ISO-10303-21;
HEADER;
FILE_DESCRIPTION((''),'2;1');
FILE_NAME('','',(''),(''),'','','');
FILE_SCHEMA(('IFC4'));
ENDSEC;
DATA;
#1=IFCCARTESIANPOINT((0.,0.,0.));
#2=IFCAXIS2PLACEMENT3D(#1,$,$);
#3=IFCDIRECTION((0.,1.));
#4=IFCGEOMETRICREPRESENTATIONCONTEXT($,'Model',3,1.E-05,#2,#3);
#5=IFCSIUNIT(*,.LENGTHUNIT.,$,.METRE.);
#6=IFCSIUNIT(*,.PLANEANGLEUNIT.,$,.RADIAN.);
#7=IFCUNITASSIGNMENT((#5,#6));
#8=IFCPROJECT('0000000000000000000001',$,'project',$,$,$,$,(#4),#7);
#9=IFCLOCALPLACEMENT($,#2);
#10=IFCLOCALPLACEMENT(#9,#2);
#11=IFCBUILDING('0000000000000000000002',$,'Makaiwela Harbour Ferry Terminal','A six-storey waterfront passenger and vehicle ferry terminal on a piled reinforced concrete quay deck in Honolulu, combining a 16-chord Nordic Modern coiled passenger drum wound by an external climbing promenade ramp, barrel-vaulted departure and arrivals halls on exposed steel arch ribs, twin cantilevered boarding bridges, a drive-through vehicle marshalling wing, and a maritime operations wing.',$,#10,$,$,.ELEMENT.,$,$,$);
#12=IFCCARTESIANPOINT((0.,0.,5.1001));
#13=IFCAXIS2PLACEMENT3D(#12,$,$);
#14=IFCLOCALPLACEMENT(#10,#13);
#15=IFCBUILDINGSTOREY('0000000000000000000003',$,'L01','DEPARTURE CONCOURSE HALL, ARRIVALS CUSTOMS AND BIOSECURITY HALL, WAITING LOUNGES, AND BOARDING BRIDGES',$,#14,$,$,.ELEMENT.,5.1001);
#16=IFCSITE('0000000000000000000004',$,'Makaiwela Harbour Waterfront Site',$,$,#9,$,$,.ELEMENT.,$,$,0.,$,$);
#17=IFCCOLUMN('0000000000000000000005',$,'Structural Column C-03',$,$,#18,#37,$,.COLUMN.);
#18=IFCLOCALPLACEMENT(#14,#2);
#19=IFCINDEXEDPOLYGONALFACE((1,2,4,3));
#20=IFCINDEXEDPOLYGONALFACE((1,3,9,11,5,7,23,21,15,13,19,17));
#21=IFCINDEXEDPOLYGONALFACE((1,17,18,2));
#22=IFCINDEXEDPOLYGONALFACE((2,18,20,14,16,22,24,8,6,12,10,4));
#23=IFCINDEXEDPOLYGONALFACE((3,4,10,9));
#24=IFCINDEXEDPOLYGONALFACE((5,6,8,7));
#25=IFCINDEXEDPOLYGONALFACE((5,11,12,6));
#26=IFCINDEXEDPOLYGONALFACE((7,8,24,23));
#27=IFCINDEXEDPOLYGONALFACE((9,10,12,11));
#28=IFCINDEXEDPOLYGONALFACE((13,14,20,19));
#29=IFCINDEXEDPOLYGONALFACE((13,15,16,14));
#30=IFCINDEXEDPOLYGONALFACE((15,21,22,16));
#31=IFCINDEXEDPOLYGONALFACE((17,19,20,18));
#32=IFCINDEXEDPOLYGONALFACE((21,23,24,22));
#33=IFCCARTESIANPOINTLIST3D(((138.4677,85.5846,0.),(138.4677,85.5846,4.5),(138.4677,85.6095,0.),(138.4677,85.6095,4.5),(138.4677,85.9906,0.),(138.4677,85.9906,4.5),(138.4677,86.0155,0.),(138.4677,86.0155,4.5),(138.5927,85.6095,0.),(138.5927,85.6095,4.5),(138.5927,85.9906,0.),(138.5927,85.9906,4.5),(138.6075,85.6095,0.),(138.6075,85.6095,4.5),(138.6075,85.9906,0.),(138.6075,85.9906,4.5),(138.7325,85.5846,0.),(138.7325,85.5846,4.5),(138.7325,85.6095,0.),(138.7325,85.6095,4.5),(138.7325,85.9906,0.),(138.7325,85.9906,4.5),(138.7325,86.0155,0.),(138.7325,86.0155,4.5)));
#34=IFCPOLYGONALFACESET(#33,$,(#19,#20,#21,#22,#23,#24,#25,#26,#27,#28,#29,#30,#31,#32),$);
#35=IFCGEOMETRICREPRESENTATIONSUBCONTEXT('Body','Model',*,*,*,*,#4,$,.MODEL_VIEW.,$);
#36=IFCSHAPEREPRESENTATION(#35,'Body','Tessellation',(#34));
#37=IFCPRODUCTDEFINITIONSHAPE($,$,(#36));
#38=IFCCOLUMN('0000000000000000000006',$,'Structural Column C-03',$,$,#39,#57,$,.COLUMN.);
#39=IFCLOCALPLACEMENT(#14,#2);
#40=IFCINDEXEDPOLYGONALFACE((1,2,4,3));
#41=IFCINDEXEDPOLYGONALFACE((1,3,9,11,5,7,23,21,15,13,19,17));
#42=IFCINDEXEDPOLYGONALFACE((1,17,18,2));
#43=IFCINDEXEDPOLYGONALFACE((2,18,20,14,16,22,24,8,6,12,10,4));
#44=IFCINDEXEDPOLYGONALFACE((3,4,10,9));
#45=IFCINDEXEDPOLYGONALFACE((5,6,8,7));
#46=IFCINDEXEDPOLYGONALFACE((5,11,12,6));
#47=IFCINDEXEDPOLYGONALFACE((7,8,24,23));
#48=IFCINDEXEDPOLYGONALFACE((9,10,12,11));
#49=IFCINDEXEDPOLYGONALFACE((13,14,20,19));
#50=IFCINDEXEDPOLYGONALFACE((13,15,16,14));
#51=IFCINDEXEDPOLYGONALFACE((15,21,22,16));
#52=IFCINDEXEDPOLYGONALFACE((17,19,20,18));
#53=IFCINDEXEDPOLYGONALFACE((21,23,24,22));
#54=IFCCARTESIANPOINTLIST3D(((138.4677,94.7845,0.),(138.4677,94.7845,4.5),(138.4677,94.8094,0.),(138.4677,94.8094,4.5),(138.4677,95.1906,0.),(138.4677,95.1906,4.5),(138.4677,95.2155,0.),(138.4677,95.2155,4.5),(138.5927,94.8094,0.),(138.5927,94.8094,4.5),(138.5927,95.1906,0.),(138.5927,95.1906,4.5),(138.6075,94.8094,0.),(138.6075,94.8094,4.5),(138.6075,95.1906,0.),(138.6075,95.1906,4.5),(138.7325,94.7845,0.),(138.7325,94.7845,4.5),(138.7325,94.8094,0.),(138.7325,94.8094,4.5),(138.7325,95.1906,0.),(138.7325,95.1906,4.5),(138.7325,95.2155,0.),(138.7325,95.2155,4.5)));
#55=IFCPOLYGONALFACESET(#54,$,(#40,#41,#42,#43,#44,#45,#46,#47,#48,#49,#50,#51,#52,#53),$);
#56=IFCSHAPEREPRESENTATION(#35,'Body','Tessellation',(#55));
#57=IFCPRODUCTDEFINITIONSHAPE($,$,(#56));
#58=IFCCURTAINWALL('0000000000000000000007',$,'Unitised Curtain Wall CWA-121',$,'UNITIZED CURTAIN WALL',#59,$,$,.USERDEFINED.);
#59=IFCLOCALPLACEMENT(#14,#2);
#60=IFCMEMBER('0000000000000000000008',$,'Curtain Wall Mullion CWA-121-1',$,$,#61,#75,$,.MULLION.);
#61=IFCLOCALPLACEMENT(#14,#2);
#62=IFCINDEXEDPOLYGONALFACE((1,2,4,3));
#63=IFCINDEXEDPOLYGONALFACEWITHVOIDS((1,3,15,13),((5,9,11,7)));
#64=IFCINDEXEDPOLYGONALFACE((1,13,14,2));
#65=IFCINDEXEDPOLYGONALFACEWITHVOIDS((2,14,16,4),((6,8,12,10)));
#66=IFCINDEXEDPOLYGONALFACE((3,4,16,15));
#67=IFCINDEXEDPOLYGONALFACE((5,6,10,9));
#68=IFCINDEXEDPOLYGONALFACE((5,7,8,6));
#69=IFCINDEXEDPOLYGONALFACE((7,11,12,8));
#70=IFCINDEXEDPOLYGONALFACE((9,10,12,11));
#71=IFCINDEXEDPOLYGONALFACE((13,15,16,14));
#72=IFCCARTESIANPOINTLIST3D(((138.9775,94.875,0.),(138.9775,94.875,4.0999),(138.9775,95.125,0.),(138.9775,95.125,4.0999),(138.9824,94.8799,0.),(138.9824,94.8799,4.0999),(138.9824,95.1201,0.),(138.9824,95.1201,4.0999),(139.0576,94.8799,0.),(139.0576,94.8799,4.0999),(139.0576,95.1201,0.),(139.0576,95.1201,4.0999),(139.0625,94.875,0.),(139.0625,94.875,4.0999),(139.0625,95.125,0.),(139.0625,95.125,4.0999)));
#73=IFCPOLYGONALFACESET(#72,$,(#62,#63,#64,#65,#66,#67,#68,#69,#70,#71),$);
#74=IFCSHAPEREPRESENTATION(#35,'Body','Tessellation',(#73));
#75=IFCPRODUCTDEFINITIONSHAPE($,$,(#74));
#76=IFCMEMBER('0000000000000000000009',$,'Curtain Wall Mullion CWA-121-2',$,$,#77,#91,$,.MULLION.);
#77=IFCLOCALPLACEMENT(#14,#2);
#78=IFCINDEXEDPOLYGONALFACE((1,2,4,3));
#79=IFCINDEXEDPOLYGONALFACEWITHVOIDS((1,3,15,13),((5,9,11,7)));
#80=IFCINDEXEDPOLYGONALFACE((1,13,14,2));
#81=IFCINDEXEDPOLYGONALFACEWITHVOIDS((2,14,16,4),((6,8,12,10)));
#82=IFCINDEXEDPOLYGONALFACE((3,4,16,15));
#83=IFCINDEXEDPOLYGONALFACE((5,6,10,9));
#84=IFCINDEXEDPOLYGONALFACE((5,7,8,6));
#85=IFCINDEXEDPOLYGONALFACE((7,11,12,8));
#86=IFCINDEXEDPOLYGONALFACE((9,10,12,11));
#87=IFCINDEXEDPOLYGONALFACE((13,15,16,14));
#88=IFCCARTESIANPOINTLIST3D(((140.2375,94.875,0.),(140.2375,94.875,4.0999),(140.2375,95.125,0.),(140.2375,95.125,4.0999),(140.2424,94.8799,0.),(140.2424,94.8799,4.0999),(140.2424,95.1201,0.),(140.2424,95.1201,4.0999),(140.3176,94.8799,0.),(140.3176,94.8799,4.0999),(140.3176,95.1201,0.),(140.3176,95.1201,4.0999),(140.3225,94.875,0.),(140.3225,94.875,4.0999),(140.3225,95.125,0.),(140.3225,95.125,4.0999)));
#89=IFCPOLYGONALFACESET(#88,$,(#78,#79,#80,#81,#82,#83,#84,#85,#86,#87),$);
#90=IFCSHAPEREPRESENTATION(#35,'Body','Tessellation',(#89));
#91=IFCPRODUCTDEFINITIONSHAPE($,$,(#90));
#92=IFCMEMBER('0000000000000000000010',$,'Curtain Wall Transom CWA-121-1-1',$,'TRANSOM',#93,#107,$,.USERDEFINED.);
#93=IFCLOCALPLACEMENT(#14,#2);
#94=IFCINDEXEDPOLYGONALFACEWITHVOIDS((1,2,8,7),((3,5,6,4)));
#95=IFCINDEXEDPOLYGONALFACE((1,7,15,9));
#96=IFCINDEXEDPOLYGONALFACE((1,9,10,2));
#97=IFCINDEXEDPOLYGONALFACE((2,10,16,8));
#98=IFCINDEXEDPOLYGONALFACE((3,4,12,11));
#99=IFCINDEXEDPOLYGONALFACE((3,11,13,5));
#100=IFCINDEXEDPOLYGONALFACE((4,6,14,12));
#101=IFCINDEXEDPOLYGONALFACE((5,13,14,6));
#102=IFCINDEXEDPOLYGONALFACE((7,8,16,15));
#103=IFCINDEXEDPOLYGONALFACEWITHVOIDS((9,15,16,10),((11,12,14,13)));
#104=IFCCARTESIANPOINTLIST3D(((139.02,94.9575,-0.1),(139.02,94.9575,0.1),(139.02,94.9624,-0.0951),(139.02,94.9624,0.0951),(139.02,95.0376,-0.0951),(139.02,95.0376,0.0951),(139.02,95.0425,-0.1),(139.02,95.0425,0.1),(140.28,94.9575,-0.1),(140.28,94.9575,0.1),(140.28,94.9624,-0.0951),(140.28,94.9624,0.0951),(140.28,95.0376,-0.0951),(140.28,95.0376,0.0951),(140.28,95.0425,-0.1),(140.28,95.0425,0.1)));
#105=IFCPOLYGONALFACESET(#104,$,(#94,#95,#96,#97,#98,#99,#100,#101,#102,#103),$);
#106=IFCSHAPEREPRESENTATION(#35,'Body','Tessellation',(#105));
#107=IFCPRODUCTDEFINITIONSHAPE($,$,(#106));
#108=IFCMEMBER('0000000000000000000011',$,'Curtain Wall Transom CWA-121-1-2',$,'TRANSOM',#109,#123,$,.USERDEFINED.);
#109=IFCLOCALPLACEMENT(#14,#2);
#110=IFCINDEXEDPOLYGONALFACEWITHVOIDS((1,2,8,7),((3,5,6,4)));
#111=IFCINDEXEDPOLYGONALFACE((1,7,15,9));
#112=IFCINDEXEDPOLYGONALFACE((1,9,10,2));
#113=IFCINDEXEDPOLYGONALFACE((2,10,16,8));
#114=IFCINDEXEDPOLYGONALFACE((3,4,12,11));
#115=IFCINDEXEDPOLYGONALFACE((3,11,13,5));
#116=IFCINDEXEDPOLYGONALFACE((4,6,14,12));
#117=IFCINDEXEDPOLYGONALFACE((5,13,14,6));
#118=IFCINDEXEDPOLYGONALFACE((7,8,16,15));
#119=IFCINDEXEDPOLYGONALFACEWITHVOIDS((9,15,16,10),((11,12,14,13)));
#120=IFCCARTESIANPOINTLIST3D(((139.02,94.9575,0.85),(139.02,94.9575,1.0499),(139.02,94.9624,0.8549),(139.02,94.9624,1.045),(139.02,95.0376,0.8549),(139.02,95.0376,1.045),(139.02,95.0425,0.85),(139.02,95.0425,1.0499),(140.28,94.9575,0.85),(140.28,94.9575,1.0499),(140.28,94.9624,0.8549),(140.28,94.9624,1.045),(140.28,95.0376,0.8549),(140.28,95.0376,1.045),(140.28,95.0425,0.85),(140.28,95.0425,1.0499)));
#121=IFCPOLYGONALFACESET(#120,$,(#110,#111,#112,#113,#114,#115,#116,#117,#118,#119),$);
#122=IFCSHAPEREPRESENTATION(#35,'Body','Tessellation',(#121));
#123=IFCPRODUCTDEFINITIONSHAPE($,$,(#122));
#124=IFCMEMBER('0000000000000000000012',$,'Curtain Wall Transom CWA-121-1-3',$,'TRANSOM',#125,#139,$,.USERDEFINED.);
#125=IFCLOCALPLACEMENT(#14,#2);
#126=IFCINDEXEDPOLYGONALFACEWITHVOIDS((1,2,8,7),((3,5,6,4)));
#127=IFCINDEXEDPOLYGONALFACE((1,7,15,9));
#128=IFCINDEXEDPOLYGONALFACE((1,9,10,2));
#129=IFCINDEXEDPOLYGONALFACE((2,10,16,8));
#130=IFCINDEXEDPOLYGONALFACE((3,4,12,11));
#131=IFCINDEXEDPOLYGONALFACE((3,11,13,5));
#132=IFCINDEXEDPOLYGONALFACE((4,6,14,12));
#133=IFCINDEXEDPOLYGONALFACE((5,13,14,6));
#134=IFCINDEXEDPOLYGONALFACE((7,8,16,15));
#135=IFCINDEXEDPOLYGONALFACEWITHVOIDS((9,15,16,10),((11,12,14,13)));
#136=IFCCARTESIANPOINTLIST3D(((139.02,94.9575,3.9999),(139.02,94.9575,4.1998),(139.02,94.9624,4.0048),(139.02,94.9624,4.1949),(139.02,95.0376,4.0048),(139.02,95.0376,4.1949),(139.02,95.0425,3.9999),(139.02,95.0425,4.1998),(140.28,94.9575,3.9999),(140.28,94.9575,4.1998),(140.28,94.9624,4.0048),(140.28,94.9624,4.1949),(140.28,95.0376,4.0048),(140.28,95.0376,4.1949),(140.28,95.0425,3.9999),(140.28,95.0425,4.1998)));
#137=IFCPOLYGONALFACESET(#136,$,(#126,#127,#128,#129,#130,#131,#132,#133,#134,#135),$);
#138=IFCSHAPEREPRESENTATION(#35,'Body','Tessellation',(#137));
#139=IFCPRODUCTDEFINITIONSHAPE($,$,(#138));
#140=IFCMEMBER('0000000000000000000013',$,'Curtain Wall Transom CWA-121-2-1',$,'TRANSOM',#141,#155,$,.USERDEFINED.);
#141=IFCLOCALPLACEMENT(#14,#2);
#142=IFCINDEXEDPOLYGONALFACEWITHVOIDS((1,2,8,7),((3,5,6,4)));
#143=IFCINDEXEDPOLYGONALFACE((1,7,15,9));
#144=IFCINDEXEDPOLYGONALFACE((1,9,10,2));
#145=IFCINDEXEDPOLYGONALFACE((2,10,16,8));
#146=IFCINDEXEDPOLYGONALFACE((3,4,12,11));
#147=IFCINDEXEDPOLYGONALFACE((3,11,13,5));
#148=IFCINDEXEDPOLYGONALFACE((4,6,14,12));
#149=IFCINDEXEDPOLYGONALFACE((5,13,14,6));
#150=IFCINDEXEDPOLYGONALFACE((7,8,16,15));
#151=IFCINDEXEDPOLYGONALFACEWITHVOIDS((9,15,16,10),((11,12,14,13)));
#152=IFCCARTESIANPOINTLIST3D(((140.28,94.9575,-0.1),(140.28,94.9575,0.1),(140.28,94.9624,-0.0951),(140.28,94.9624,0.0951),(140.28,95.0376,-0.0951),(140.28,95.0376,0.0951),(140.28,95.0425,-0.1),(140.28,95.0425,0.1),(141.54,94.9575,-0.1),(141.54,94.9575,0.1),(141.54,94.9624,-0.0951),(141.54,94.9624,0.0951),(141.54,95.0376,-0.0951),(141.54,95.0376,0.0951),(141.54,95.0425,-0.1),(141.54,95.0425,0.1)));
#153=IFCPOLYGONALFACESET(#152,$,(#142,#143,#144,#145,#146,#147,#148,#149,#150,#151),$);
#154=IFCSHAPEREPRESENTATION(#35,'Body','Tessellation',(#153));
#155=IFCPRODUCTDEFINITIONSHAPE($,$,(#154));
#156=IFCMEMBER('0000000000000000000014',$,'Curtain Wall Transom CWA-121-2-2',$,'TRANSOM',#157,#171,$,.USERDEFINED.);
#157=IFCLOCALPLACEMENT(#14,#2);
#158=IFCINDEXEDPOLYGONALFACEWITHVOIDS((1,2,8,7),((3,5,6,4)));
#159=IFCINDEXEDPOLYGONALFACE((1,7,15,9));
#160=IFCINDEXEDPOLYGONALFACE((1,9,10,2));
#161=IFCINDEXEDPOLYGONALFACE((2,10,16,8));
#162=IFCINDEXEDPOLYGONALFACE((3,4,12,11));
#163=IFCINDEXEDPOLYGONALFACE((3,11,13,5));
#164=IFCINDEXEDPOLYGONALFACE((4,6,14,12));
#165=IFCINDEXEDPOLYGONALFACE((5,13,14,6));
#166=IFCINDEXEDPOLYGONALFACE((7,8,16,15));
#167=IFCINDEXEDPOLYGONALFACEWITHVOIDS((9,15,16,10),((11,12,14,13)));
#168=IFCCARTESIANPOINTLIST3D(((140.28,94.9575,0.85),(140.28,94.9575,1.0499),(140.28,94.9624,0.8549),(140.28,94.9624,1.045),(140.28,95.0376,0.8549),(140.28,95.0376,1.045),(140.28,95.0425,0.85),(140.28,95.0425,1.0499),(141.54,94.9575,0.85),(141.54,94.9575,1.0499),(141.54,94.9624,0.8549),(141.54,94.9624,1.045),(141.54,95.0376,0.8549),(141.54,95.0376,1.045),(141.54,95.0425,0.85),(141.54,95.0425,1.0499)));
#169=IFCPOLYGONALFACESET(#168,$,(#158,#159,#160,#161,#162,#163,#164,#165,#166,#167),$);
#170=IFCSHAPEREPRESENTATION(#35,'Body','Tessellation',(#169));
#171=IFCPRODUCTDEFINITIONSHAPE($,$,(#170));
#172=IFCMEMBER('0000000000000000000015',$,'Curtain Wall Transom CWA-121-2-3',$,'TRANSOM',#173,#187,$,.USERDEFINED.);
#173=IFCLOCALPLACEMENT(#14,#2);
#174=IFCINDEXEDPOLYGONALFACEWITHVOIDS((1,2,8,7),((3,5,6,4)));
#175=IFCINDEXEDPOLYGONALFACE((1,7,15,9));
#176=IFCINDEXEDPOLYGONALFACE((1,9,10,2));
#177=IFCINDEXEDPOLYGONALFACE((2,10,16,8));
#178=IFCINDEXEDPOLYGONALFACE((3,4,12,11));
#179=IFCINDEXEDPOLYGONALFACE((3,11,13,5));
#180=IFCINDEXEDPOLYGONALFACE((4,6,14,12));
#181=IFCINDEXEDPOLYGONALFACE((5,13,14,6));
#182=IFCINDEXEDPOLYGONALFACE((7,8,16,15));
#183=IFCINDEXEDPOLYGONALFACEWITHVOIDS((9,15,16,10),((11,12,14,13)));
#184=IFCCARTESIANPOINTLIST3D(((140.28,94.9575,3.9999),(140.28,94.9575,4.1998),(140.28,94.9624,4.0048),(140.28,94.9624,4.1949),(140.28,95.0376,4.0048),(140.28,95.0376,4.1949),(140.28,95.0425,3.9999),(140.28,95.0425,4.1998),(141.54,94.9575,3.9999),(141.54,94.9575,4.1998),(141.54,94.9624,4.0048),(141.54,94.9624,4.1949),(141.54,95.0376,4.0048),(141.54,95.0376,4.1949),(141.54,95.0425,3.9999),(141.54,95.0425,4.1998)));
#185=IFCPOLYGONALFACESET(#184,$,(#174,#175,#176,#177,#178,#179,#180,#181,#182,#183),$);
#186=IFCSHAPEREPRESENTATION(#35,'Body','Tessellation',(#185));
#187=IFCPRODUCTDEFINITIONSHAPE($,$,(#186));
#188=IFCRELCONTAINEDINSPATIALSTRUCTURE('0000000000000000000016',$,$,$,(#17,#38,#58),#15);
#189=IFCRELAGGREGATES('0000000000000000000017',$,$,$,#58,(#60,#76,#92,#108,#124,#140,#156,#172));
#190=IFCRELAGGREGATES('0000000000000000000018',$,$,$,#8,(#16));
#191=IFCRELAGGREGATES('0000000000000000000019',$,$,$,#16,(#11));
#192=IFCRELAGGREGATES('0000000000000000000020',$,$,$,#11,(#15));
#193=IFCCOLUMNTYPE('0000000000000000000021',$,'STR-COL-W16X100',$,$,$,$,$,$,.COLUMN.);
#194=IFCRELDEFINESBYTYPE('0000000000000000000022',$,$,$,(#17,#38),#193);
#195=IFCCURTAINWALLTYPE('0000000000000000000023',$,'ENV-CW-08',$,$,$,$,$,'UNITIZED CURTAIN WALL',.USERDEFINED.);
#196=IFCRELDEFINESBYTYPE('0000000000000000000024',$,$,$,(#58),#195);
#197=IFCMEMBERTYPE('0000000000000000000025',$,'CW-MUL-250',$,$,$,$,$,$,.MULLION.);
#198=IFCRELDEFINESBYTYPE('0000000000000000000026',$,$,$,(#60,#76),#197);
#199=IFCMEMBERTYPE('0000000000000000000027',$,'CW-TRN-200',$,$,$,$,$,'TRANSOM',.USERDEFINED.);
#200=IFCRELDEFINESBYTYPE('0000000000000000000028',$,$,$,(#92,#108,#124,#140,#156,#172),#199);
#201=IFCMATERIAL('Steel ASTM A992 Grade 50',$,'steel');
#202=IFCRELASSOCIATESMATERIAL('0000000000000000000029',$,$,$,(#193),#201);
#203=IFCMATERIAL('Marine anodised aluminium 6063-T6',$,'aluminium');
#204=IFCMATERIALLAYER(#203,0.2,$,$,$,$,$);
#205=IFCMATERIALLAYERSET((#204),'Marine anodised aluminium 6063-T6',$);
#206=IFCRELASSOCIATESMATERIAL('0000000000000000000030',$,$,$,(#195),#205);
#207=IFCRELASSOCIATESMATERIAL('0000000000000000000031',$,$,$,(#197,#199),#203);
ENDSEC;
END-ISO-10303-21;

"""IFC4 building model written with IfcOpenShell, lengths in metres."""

from ifc_helpers import new_model, si_unit, direction, frame, origin, origin_2d, place, context, subcontext, project, spatial, hollow_rectangle, i_section, extrude, material, layer, layer_set, material_profile, profile_set, type_object, element, aggregate, save


model = new_model("IFC4")

# Units and contexts
model_context = context("Model", 3, precision=1e-05, world=origin(), true_north=direction((0.0, 1.0)))
body_context = subcontext(model_context, "Body", "Model", "MODEL_VIEW")
ifc_project = project(units=[si_unit("LENGTHUNIT", "METRE"), si_unit("PLANEANGLEUNIT", "RADIAN")], contexts=[model_context])

# Site, building, storey
site_placement = place(None, origin())
site = spatial("IfcSite", under=ifc_project, at=site_placement, Name="Makaiwela Harbour Waterfront Site", CompositionType="ELEMENT", RefElevation=0.0)
building_placement = place(site_placement, origin())
building = spatial("IfcBuilding", under=site, at=building_placement, Name="Makaiwela Harbour Ferry Terminal", Description="A six-storey waterfront passenger and vehicle ferry terminal on a piled reinforced concrete quay deck in Honolulu, combining a 16-chord Nordic Modern coiled passenger drum wound by an external climbing promenade ramp, barrel-vaulted departure and arrivals halls on exposed steel arch ribs, twin cantilevered boarding bridges, a drive-through vehicle marshalling wing, and a maritime operations wing.", CompositionType="ELEMENT")
storey_placement = place(building_placement, frame((0.0, 0.0, 5.1001)))
storey = spatial("IfcBuildingStorey", under=building, at=storey_placement, Name="L01", Description="DEPARTURE CONCOURSE HALL, ARRIVALS CUSTOMS AND BIOSECURITY HALL, WAITING LOUNGES, AND BOARDING BRIDGES", CompositionType="ELEMENT", Elevation=5.1001)

# Columns
ifc_material_1 = material(Name="Steel ASTM A992 Grade 50", Category="steel")
ifc_material_profile_1 = material_profile(ifc_material_1, i_section(OverallWidth=0.2649, OverallDepth=0.4309, WebThickness=0.0149, FlangeThickness=0.0249, at=origin_2d()), Name="W16X100")
ifc_profile_set_1 = profile_set([ifc_material_profile_1], Name="Steel ASTM A992 Grade 50")
column_type = type_object("IfcColumnType", Name="STR-COL-W16X100", PredefinedType="COLUMN", material=ifc_profile_set_1)
for number, where, z_axis, x_axis, name in (
    (1, (138.6001, 85.8, 0.0), (0.0, 0.0, 1.0), (1.0, 0.0, 0.0), "Structural Column C-03"),
    (2, (138.6001, 95.0, 0.0), (0.0, 0.0, 1.0), (1.0, 0.0, 0.0), "Structural Column C-03"),
):
    element("IfcColumn", number, at=place(storey_placement, frame(where, z_axis=z_axis, x_axis=x_axis)), inside=storey, type_object=column_type, Name=name, PredefinedType="COLUMN", context=body_context, shape_type="SweptSolid", body=[
        extrude(i_section(OverallWidth=0.2649, OverallDepth=0.4309, WebThickness=0.0149, FlangeThickness=0.0249, at=origin_2d()), origin(), (0.0, 0.0, 1.0), 4.5),
    ])

# Curtain wall, members
ifc_material_2 = material(Name="Marine anodised aluminium 6063-T6", Category="aluminium")
ifc_layer_1 = layer(ifc_material_2, 0.2)
ifc_layer_set_1 = layer_set([ifc_layer_1], Name="Marine anodised aluminium 6063-T6")
curtain_wall_type = type_object("IfcCurtainWallType", Name="ENV-CW-08", ElementType="UNITIZED CURTAIN WALL", PredefinedType="USERDEFINED", material=ifc_layer_set_1)
curtain_wall_placement = place(storey_placement, origin())
curtain_wall = element("IfcCurtainWall", 3, at=curtain_wall_placement, inside=storey, type_object=curtain_wall_type, Name="Unitised Curtain Wall CWA-121", ObjectType="UNITIZED CURTAIN WALL", PredefinedType="USERDEFINED")
ifc_material_profile_2 = material_profile(ifc_material_2, hollow_rectangle(XDim=0.085, YDim=0.25, WallThickness=0.0049, at=origin_2d()), Name="CWM-250X85")
ifc_profile_set_2 = profile_set([ifc_material_profile_2], Name="Marine anodised aluminium 6063-T6")
member_type_1 = type_object("IfcMemberType", Name="CW-MUL-250", PredefinedType="MULLION", material=ifc_profile_set_2)
member_1_placement = place(storey_placement, frame((139.02, 95.0, 0.0), z_axis=(0.0, 0.0, 1.0), x_axis=(1.0, 0.0, 0.0)))
member_1 = element("IfcMember", 4, at=member_1_placement, type_object=member_type_1, Name="Curtain Wall Mullion CWA-121-1", PredefinedType="MULLION", context=body_context, shape_type="SweptSolid", body=[
    extrude(hollow_rectangle(XDim=0.085, YDim=0.25, WallThickness=0.0049, at=origin_2d()), origin(), (0.0, 0.0, 1.0), 4.0999),
])
member_2_placement = place(storey_placement, frame((140.28, 95.0, 0.0), z_axis=(0.0, 0.0, 1.0), x_axis=(1.0, 0.0, 0.0)))
member_2 = element("IfcMember", 5, at=member_2_placement, type_object=member_type_1, Name="Curtain Wall Mullion CWA-121-2", PredefinedType="MULLION", context=body_context, shape_type="SweptSolid", body=[
    extrude(hollow_rectangle(XDim=0.085, YDim=0.25, WallThickness=0.0049, at=origin_2d()), origin(), (0.0, 0.0, 1.0), 4.0999),
])
ifc_material_profile_3 = material_profile(ifc_material_2, hollow_rectangle(XDim=0.085, YDim=0.2, WallThickness=0.0049, at=origin_2d()), Name="CWT-200X85")
ifc_profile_set_3 = profile_set([ifc_material_profile_3], Name="Marine anodised aluminium 6063-T6")
member_type_2 = type_object("IfcMemberType", Name="CW-TRN-200", ElementType="TRANSOM", PredefinedType="USERDEFINED", material=ifc_profile_set_3)
member_3_placement = place(storey_placement, frame((139.02, 95.0, 0.0), z_axis=(1.0, 0.0, 0.0), x_axis=(0.0, 1.0, 0.0)))
member_3 = element("IfcMember", 6, at=member_3_placement, type_object=member_type_2, Name="Curtain Wall Transom CWA-121-1-1", ObjectType="TRANSOM", PredefinedType="USERDEFINED", context=body_context, shape_type="SweptSolid", body=[
    extrude(hollow_rectangle(XDim=0.085, YDim=0.2, WallThickness=0.0049, at=origin_2d()), origin(), (0.0, 0.0, 1.0), 1.26),
])
member_4_placement = place(storey_placement, frame((139.02, 95.0, 0.95), z_axis=(1.0, 0.0, 0.0), x_axis=(0.0, 1.0, 0.0)))
member_4 = element("IfcMember", 7, at=member_4_placement, type_object=member_type_2, Name="Curtain Wall Transom CWA-121-1-2", ObjectType="TRANSOM", PredefinedType="USERDEFINED", context=body_context, shape_type="SweptSolid", body=[
    extrude(hollow_rectangle(XDim=0.085, YDim=0.2, WallThickness=0.0049, at=origin_2d()), origin(), (0.0, 0.0, 1.0), 1.26),
])
member_5_placement = place(storey_placement, frame((139.02, 95.0, 4.0999), z_axis=(1.0, 0.0, 0.0), x_axis=(0.0, 1.0, 0.0)))
member_5 = element("IfcMember", 8, at=member_5_placement, type_object=member_type_2, Name="Curtain Wall Transom CWA-121-1-3", ObjectType="TRANSOM", PredefinedType="USERDEFINED", context=body_context, shape_type="SweptSolid", body=[
    extrude(hollow_rectangle(XDim=0.085, YDim=0.2, WallThickness=0.0049, at=origin_2d()), origin(), (0.0, 0.0, 1.0), 1.26),
])
member_6_placement = place(storey_placement, frame((140.28, 95.0, 0.0), z_axis=(1.0, 0.0, 0.0), x_axis=(0.0, 1.0, 0.0)))
member_6 = element("IfcMember", 9, at=member_6_placement, type_object=member_type_2, Name="Curtain Wall Transom CWA-121-2-1", ObjectType="TRANSOM", PredefinedType="USERDEFINED", context=body_context, shape_type="SweptSolid", body=[
    extrude(hollow_rectangle(XDim=0.085, YDim=0.2, WallThickness=0.0049, at=origin_2d()), origin(), (0.0, 0.0, 1.0), 1.26),
])
member_7_placement = place(storey_placement, frame((140.28, 95.0, 0.95), z_axis=(1.0, 0.0, 0.0), x_axis=(0.0, 1.0, 0.0)))
member_7 = element("IfcMember", 10, at=member_7_placement, type_object=member_type_2, Name="Curtain Wall Transom CWA-121-2-2", ObjectType="TRANSOM", PredefinedType="USERDEFINED", context=body_context, shape_type="SweptSolid", body=[
    extrude(hollow_rectangle(XDim=0.085, YDim=0.2, WallThickness=0.0049, at=origin_2d()), origin(), (0.0, 0.0, 1.0), 1.26),
])
member_8_placement = place(storey_placement, frame((140.28, 95.0, 4.0999), z_axis=(1.0, 0.0, 0.0), x_axis=(0.0, 1.0, 0.0)))
member_8 = element("IfcMember", 11, at=member_8_placement, type_object=member_type_2, Name="Curtain Wall Transom CWA-121-2-3", ObjectType="TRANSOM", PredefinedType="USERDEFINED", context=body_context, shape_type="SweptSolid", body=[
    extrude(hollow_rectangle(XDim=0.085, YDim=0.2, WallThickness=0.0049, at=origin_2d()), origin(), (0.0, 0.0, 1.0), 1.26),
])

aggregate(curtain_wall, [member_1, member_2, member_3, member_4, member_5, member_6, member_7, member_8])

save(model, "model.ifc")
